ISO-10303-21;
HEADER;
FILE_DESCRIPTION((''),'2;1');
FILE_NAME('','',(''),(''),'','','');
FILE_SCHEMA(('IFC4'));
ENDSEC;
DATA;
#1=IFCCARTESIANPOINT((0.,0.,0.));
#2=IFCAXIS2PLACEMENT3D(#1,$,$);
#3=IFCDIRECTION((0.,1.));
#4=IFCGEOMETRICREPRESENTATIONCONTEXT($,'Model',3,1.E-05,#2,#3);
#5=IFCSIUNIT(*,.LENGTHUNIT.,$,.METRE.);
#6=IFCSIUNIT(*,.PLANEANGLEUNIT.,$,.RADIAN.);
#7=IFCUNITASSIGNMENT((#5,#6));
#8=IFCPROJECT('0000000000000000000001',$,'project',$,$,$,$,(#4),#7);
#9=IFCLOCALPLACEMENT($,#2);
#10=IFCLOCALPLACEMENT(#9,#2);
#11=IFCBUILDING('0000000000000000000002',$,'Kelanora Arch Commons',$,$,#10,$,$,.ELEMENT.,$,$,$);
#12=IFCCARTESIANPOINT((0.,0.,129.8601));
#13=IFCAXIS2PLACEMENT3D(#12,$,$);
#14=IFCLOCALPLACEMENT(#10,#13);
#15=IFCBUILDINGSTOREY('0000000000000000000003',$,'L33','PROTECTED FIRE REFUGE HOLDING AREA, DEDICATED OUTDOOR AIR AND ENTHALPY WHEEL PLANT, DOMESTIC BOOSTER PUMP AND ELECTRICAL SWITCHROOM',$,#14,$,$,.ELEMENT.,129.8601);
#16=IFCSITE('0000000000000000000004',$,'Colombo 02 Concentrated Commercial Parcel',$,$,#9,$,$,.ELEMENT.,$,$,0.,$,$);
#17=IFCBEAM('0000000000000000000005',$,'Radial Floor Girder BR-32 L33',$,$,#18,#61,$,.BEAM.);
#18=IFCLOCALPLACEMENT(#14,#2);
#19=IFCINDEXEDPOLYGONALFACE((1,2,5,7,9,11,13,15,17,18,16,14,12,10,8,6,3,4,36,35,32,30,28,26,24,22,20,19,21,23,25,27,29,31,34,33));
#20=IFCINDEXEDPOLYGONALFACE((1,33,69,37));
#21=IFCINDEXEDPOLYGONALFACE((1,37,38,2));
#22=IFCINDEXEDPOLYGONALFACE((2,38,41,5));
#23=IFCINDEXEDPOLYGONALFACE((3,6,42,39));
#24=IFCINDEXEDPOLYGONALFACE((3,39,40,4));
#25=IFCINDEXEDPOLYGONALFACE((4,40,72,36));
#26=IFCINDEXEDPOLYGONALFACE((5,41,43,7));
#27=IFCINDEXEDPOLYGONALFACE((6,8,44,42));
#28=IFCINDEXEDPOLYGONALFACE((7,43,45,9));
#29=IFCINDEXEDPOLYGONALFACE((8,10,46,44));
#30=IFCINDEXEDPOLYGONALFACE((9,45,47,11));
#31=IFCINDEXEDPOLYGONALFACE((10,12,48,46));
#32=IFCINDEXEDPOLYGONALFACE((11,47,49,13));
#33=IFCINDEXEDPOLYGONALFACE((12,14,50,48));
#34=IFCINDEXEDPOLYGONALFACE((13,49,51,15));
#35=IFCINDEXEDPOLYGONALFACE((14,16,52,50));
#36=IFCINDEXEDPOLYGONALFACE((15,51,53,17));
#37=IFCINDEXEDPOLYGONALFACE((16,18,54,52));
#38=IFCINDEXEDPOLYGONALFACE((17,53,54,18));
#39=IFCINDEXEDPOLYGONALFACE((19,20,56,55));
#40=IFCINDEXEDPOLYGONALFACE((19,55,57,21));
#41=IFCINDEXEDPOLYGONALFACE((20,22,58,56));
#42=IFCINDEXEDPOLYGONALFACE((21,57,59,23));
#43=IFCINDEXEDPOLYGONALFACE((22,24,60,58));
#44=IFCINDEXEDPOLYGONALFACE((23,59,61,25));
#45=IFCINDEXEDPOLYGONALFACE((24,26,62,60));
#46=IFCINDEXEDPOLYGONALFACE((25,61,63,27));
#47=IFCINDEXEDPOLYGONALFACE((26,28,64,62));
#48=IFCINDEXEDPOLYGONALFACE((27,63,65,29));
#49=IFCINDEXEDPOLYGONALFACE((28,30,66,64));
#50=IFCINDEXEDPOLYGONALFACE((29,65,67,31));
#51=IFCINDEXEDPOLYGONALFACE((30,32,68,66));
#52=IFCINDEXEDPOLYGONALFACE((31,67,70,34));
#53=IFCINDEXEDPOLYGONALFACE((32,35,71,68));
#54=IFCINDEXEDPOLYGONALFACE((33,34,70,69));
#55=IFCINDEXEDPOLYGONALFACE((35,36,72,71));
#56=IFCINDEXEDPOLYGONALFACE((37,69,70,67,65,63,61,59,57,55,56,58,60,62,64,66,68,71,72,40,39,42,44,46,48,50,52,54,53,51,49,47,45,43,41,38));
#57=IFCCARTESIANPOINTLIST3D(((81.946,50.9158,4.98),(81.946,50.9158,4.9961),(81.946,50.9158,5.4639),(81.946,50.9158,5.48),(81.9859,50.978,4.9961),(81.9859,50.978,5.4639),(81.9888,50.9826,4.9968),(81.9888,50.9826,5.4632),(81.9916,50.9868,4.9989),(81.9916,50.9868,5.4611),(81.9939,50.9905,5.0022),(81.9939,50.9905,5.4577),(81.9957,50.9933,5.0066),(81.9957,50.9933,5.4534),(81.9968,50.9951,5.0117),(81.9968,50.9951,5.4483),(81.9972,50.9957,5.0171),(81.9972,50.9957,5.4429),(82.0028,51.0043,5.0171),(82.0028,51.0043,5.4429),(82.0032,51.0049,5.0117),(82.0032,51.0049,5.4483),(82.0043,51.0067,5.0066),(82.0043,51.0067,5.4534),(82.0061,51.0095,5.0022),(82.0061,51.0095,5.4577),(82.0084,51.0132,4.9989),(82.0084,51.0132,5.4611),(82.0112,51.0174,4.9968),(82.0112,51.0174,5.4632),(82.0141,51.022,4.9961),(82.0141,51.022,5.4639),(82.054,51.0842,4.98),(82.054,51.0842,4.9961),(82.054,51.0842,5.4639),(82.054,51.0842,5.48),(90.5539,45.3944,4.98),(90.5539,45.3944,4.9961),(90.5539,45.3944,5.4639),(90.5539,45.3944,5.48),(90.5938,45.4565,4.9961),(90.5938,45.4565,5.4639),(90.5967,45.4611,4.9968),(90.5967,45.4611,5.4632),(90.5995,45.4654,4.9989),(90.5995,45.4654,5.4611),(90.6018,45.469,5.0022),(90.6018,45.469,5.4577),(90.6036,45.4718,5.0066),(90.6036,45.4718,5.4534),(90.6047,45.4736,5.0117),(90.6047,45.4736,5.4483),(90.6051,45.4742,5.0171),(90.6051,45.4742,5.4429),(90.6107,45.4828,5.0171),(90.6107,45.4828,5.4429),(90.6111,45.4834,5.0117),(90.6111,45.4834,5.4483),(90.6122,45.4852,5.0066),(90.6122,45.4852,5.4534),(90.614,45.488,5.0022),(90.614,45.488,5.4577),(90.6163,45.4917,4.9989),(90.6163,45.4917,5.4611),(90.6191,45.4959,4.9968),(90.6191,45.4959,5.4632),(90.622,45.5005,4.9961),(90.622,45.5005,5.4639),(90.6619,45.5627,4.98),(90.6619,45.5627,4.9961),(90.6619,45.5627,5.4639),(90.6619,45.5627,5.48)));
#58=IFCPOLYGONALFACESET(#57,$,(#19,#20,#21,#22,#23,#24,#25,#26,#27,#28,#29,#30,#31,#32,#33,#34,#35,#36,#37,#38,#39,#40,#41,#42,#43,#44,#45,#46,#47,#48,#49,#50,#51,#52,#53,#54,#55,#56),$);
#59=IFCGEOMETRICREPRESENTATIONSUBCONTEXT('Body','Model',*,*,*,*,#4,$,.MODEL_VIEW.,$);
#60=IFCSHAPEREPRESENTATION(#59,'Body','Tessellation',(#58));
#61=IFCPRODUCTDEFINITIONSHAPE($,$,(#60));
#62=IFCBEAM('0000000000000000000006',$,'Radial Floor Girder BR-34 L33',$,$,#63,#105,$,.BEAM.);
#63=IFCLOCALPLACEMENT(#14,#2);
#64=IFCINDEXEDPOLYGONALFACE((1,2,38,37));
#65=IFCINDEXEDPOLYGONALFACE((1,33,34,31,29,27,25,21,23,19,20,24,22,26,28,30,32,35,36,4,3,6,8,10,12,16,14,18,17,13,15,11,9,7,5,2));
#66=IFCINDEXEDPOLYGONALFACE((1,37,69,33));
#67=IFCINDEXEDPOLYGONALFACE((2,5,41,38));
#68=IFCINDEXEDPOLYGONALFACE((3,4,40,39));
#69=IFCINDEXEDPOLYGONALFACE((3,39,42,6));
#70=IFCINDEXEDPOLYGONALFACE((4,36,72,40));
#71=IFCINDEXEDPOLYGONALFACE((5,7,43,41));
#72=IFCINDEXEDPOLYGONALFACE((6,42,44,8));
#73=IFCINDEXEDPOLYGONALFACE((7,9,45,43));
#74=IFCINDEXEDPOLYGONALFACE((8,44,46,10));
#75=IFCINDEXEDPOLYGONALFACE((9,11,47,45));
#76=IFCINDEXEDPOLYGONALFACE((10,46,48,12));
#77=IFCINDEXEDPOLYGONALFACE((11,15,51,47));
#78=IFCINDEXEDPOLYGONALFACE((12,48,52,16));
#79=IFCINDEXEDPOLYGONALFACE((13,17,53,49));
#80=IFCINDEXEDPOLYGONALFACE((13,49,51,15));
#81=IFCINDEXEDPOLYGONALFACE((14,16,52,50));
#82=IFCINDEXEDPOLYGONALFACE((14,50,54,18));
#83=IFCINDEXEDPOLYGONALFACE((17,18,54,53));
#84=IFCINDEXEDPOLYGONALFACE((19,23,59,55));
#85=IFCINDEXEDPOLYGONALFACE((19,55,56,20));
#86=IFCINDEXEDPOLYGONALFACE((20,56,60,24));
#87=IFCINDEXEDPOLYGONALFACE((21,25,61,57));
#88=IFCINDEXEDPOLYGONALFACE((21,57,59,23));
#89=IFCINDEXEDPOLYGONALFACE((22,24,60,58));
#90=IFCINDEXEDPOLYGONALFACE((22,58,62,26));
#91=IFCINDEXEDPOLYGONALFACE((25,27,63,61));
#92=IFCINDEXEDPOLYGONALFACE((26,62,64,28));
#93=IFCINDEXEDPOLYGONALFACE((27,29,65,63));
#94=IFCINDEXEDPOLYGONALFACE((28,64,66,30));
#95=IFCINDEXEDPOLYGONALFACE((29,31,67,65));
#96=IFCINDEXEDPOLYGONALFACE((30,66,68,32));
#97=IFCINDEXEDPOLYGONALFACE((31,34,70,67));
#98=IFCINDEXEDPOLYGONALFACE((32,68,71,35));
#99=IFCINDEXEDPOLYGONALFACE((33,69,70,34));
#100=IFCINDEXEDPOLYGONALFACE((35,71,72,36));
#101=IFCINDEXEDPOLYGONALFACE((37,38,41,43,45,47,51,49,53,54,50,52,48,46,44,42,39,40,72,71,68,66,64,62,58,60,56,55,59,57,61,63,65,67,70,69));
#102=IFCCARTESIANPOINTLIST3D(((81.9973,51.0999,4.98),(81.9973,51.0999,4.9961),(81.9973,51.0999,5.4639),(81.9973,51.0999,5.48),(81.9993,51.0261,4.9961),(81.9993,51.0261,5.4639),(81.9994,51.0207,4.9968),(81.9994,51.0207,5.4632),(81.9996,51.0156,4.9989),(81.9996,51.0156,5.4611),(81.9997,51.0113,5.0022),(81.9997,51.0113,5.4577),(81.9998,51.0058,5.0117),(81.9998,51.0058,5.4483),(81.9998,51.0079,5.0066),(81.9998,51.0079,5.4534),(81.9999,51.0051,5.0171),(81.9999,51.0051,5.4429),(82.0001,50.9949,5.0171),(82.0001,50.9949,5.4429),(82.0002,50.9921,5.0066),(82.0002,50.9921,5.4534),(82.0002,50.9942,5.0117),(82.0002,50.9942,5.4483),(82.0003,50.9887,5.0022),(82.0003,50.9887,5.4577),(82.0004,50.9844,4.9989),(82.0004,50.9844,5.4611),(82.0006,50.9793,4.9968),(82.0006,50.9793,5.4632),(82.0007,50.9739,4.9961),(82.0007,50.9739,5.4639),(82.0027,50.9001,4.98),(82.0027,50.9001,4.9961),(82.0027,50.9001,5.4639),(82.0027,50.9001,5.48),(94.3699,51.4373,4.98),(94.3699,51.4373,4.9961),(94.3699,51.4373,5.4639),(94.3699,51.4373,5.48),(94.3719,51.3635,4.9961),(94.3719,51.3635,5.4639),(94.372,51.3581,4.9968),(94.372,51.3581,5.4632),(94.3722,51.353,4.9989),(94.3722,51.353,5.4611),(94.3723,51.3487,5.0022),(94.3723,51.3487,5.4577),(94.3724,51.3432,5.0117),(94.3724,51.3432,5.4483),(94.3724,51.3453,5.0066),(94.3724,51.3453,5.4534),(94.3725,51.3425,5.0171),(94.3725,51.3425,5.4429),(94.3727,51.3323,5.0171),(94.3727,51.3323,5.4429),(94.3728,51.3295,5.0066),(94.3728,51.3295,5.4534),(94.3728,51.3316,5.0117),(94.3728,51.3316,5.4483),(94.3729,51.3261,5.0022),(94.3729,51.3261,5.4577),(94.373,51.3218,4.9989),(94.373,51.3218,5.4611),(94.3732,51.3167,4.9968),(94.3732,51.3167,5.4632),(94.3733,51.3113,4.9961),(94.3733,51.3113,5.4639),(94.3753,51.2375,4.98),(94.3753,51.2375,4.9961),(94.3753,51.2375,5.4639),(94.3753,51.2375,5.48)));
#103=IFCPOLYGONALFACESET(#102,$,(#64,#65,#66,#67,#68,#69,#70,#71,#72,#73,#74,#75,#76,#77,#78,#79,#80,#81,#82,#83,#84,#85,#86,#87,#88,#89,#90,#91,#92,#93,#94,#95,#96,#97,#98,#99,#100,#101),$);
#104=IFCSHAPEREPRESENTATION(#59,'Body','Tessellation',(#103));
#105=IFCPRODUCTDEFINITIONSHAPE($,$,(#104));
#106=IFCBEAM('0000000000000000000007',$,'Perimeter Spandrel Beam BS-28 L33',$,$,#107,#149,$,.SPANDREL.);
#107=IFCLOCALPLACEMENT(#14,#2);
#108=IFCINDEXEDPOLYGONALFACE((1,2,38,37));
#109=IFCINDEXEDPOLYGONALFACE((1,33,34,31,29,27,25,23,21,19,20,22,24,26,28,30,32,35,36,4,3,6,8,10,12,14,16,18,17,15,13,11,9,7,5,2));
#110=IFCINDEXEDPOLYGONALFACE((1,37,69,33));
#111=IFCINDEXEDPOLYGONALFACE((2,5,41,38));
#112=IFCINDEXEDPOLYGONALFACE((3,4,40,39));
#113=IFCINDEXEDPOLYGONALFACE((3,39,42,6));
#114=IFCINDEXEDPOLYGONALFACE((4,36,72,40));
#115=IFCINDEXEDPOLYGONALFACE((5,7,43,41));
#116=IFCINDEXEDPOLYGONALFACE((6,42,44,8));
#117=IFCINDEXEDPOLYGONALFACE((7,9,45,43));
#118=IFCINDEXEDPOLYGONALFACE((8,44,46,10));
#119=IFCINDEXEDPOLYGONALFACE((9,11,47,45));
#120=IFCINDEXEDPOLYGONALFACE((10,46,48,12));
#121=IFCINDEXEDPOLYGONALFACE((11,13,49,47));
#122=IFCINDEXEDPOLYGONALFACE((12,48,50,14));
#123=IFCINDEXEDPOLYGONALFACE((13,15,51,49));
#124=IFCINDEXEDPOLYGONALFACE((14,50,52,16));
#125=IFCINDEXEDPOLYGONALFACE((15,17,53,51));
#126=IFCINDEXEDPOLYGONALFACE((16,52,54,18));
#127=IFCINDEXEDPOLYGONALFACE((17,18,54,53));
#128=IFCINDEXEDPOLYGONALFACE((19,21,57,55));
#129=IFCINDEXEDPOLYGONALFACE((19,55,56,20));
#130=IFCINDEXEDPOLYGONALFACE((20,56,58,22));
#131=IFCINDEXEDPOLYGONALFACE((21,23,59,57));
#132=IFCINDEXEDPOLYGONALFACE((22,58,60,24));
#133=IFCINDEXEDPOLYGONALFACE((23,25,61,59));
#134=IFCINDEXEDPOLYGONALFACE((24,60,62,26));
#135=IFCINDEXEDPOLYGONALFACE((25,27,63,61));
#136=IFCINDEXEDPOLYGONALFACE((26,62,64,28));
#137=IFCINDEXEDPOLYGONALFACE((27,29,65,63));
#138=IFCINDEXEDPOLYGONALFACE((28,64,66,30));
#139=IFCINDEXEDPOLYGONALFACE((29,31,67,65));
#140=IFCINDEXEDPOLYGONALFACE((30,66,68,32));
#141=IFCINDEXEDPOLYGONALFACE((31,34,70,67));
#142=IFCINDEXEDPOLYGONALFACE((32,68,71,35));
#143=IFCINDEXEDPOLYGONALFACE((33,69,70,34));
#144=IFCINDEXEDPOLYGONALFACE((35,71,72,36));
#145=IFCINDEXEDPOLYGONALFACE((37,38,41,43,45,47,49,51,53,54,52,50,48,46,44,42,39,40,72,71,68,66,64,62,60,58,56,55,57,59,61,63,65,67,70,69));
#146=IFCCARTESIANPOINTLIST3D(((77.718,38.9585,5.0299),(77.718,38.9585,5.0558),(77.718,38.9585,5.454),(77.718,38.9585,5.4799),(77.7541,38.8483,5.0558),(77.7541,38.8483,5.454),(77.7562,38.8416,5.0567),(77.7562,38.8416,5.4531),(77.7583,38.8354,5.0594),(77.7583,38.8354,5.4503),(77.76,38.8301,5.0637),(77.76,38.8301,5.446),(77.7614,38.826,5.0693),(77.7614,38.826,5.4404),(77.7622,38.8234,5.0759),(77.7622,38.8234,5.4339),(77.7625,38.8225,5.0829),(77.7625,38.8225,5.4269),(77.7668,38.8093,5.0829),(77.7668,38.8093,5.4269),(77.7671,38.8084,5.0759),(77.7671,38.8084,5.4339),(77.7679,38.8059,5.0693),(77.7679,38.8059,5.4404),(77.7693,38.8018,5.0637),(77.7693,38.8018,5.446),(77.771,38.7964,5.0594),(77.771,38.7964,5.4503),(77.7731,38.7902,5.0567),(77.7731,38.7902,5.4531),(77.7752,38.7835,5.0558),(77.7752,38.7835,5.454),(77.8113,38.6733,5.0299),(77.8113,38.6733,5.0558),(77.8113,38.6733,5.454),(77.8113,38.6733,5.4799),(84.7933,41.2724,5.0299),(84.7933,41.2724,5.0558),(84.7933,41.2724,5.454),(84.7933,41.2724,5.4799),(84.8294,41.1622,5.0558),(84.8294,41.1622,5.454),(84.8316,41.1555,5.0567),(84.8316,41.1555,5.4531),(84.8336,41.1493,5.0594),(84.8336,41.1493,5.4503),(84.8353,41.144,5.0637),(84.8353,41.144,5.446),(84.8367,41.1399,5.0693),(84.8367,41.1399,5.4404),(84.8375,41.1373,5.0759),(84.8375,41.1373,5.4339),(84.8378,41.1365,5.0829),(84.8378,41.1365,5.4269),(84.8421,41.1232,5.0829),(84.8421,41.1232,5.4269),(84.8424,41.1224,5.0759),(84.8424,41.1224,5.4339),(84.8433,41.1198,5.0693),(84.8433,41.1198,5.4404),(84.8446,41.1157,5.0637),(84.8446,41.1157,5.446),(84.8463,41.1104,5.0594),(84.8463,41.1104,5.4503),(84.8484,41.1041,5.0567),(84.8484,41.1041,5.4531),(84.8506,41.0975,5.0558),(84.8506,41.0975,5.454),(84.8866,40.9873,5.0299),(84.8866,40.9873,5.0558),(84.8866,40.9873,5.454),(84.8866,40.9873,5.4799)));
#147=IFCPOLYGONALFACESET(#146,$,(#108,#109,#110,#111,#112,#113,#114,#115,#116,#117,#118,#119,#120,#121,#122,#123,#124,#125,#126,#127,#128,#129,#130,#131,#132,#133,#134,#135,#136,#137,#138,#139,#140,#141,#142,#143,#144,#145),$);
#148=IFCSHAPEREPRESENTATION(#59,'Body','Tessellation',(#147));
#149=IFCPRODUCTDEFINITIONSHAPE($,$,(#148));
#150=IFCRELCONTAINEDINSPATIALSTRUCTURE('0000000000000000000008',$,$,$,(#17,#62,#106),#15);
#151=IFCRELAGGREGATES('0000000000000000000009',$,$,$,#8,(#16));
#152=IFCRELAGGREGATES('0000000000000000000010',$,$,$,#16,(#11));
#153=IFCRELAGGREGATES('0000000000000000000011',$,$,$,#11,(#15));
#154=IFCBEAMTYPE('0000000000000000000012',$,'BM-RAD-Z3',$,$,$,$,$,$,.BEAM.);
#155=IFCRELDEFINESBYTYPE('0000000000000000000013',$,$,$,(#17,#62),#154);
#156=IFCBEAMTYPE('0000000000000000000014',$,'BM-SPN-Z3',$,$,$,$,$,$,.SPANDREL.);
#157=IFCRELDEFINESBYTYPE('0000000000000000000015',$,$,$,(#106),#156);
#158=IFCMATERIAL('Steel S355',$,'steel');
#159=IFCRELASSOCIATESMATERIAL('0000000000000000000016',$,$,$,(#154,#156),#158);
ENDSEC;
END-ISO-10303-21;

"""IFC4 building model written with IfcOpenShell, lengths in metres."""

from ifc_helpers import new_model, si_unit, direction, frame, origin, origin_2d, place, context, subcontext, project, spatial, i_section, extrude, material, material_profile, profile_set, type_object, element, save


model = new_model("IFC4")

# Units and contexts
model_context = context("Model", 3, precision=1e-05, world=origin(), true_north=direction((0.0, 1.0)))
body_context = subcontext(model_context, "Body", "Model", "MODEL_VIEW")
ifc_project = project(units=[si_unit("LENGTHUNIT", "METRE"), si_unit("PLANEANGLEUNIT", "RADIAN")], contexts=[model_context])

# Site, building, storey
site_placement = place(None, origin())
site = spatial("IfcSite", under=ifc_project, at=site_placement, Name="Colombo 02 Concentrated Commercial Parcel", CompositionType="ELEMENT", RefElevation=0.0)
building_placement = place(site_placement, origin())
building = spatial("IfcBuilding", under=site, at=building_placement, Name="Kelanora Arch Commons", CompositionType="ELEMENT")
storey_placement = place(building_placement, frame((0.0, 0.0, 129.8601)))
storey = spatial("IfcBuildingStorey", under=building, at=storey_placement, Name="L33", Description="PROTECTED FIRE REFUGE HOLDING AREA, DEDICATED OUTDOOR AIR AND ENTHALPY WHEEL PLANT, DOMESTIC BOOSTER PUMP AND ELECTRICAL SWITCHROOM", CompositionType="ELEMENT", Elevation=129.8601)

# Beams
ifc_material_1 = material(Name="Steel S355", Category="steel")
ifc_material_profile_1 = material_profile(ifc_material_1, i_section(OverallWidth=0.2, OverallDepth=0.5, WebThickness=0.0103, FlangeThickness=0.0161, FilletRadius=0.021, at=origin_2d()), Name="IPE500")
ifc_profile_set_1 = profile_set([ifc_material_profile_1], Name="Steel S355")
beam_type_1 = type_object("IfcBeamType", Name="BM-RAD-Z3", PredefinedType="BEAM", material=ifc_profile_set_1)
beam_1_placement = place(storey_placement, frame((82.0, 51.0, 5.23), z_axis=(0.841719, -0.539915, 0.0), x_axis=(0.539915, 0.841719, 0.0)))
element("IfcBeam", 1, at=beam_1_placement, inside=storey, type_object=beam_type_1, Name="Radial Floor Girder BR-32 L33", PredefinedType="BEAM", context=body_context, shape_type="SweptSolid", body=[
    extrude(i_section(OverallWidth=0.2, OverallDepth=0.5, WebThickness=0.0103, FlangeThickness=0.0161, FilletRadius=0.021, at=origin_2d()), origin(), (0.0, 0.0, 1.0), 10.2266),
])
beam_2_placement = place(storey_placement, frame((82.0, 51.0, 5.23), z_axis=(0.999628, 0.02726, 0.0), x_axis=(-0.02726, 0.999628, 0.0)))
element("IfcBeam", 2, at=beam_2_placement, inside=storey, type_object=beam_type_1, Name="Radial Floor Girder BR-34 L33", PredefinedType="BEAM", context=body_context, shape_type="SweptSolid", body=[
    extrude(i_section(OverallWidth=0.2, OverallDepth=0.5, WebThickness=0.0103, FlangeThickness=0.0161, FilletRadius=0.021, at=origin_2d()), origin(), (0.0, 0.0, 1.0), 12.3772),
])
ifc_material_profile_2 = material_profile(ifc_material_1, i_section(OverallWidth=0.3, OverallDepth=0.45, WebThickness=0.0139, FlangeThickness=0.0259, FilletRadius=0.0271, at=origin_2d()), Name="HEB450")
ifc_profile_set_2 = profile_set([ifc_material_profile_2], Name="Steel S355")
beam_type_2 = type_object("IfcBeamType", Name="BM-SPN-Z3", PredefinedType="SPANDREL", material=ifc_profile_set_2)
beam_3_placement = place(storey_placement, frame((77.7646, 38.8159, 5.2549), z_axis=(0.950462, 0.310841, 0.0), x_axis=(-0.310841, 0.950462, 0.0)))
element("IfcBeam", 3, at=beam_3_placement, inside=storey, type_object=beam_type_2, Name="Perimeter Spandrel Beam BS-28 L33", PredefinedType="SPANDREL", context=body_context, shape_type="SweptSolid", body=[
    extrude(i_section(OverallWidth=0.3, OverallDepth=0.45, WebThickness=0.0139, FlangeThickness=0.0259, FilletRadius=0.0271, at=origin_2d()), origin(), (0.0, 0.0, 1.0), 7.4441),
])

save(model, "model.ifc")
